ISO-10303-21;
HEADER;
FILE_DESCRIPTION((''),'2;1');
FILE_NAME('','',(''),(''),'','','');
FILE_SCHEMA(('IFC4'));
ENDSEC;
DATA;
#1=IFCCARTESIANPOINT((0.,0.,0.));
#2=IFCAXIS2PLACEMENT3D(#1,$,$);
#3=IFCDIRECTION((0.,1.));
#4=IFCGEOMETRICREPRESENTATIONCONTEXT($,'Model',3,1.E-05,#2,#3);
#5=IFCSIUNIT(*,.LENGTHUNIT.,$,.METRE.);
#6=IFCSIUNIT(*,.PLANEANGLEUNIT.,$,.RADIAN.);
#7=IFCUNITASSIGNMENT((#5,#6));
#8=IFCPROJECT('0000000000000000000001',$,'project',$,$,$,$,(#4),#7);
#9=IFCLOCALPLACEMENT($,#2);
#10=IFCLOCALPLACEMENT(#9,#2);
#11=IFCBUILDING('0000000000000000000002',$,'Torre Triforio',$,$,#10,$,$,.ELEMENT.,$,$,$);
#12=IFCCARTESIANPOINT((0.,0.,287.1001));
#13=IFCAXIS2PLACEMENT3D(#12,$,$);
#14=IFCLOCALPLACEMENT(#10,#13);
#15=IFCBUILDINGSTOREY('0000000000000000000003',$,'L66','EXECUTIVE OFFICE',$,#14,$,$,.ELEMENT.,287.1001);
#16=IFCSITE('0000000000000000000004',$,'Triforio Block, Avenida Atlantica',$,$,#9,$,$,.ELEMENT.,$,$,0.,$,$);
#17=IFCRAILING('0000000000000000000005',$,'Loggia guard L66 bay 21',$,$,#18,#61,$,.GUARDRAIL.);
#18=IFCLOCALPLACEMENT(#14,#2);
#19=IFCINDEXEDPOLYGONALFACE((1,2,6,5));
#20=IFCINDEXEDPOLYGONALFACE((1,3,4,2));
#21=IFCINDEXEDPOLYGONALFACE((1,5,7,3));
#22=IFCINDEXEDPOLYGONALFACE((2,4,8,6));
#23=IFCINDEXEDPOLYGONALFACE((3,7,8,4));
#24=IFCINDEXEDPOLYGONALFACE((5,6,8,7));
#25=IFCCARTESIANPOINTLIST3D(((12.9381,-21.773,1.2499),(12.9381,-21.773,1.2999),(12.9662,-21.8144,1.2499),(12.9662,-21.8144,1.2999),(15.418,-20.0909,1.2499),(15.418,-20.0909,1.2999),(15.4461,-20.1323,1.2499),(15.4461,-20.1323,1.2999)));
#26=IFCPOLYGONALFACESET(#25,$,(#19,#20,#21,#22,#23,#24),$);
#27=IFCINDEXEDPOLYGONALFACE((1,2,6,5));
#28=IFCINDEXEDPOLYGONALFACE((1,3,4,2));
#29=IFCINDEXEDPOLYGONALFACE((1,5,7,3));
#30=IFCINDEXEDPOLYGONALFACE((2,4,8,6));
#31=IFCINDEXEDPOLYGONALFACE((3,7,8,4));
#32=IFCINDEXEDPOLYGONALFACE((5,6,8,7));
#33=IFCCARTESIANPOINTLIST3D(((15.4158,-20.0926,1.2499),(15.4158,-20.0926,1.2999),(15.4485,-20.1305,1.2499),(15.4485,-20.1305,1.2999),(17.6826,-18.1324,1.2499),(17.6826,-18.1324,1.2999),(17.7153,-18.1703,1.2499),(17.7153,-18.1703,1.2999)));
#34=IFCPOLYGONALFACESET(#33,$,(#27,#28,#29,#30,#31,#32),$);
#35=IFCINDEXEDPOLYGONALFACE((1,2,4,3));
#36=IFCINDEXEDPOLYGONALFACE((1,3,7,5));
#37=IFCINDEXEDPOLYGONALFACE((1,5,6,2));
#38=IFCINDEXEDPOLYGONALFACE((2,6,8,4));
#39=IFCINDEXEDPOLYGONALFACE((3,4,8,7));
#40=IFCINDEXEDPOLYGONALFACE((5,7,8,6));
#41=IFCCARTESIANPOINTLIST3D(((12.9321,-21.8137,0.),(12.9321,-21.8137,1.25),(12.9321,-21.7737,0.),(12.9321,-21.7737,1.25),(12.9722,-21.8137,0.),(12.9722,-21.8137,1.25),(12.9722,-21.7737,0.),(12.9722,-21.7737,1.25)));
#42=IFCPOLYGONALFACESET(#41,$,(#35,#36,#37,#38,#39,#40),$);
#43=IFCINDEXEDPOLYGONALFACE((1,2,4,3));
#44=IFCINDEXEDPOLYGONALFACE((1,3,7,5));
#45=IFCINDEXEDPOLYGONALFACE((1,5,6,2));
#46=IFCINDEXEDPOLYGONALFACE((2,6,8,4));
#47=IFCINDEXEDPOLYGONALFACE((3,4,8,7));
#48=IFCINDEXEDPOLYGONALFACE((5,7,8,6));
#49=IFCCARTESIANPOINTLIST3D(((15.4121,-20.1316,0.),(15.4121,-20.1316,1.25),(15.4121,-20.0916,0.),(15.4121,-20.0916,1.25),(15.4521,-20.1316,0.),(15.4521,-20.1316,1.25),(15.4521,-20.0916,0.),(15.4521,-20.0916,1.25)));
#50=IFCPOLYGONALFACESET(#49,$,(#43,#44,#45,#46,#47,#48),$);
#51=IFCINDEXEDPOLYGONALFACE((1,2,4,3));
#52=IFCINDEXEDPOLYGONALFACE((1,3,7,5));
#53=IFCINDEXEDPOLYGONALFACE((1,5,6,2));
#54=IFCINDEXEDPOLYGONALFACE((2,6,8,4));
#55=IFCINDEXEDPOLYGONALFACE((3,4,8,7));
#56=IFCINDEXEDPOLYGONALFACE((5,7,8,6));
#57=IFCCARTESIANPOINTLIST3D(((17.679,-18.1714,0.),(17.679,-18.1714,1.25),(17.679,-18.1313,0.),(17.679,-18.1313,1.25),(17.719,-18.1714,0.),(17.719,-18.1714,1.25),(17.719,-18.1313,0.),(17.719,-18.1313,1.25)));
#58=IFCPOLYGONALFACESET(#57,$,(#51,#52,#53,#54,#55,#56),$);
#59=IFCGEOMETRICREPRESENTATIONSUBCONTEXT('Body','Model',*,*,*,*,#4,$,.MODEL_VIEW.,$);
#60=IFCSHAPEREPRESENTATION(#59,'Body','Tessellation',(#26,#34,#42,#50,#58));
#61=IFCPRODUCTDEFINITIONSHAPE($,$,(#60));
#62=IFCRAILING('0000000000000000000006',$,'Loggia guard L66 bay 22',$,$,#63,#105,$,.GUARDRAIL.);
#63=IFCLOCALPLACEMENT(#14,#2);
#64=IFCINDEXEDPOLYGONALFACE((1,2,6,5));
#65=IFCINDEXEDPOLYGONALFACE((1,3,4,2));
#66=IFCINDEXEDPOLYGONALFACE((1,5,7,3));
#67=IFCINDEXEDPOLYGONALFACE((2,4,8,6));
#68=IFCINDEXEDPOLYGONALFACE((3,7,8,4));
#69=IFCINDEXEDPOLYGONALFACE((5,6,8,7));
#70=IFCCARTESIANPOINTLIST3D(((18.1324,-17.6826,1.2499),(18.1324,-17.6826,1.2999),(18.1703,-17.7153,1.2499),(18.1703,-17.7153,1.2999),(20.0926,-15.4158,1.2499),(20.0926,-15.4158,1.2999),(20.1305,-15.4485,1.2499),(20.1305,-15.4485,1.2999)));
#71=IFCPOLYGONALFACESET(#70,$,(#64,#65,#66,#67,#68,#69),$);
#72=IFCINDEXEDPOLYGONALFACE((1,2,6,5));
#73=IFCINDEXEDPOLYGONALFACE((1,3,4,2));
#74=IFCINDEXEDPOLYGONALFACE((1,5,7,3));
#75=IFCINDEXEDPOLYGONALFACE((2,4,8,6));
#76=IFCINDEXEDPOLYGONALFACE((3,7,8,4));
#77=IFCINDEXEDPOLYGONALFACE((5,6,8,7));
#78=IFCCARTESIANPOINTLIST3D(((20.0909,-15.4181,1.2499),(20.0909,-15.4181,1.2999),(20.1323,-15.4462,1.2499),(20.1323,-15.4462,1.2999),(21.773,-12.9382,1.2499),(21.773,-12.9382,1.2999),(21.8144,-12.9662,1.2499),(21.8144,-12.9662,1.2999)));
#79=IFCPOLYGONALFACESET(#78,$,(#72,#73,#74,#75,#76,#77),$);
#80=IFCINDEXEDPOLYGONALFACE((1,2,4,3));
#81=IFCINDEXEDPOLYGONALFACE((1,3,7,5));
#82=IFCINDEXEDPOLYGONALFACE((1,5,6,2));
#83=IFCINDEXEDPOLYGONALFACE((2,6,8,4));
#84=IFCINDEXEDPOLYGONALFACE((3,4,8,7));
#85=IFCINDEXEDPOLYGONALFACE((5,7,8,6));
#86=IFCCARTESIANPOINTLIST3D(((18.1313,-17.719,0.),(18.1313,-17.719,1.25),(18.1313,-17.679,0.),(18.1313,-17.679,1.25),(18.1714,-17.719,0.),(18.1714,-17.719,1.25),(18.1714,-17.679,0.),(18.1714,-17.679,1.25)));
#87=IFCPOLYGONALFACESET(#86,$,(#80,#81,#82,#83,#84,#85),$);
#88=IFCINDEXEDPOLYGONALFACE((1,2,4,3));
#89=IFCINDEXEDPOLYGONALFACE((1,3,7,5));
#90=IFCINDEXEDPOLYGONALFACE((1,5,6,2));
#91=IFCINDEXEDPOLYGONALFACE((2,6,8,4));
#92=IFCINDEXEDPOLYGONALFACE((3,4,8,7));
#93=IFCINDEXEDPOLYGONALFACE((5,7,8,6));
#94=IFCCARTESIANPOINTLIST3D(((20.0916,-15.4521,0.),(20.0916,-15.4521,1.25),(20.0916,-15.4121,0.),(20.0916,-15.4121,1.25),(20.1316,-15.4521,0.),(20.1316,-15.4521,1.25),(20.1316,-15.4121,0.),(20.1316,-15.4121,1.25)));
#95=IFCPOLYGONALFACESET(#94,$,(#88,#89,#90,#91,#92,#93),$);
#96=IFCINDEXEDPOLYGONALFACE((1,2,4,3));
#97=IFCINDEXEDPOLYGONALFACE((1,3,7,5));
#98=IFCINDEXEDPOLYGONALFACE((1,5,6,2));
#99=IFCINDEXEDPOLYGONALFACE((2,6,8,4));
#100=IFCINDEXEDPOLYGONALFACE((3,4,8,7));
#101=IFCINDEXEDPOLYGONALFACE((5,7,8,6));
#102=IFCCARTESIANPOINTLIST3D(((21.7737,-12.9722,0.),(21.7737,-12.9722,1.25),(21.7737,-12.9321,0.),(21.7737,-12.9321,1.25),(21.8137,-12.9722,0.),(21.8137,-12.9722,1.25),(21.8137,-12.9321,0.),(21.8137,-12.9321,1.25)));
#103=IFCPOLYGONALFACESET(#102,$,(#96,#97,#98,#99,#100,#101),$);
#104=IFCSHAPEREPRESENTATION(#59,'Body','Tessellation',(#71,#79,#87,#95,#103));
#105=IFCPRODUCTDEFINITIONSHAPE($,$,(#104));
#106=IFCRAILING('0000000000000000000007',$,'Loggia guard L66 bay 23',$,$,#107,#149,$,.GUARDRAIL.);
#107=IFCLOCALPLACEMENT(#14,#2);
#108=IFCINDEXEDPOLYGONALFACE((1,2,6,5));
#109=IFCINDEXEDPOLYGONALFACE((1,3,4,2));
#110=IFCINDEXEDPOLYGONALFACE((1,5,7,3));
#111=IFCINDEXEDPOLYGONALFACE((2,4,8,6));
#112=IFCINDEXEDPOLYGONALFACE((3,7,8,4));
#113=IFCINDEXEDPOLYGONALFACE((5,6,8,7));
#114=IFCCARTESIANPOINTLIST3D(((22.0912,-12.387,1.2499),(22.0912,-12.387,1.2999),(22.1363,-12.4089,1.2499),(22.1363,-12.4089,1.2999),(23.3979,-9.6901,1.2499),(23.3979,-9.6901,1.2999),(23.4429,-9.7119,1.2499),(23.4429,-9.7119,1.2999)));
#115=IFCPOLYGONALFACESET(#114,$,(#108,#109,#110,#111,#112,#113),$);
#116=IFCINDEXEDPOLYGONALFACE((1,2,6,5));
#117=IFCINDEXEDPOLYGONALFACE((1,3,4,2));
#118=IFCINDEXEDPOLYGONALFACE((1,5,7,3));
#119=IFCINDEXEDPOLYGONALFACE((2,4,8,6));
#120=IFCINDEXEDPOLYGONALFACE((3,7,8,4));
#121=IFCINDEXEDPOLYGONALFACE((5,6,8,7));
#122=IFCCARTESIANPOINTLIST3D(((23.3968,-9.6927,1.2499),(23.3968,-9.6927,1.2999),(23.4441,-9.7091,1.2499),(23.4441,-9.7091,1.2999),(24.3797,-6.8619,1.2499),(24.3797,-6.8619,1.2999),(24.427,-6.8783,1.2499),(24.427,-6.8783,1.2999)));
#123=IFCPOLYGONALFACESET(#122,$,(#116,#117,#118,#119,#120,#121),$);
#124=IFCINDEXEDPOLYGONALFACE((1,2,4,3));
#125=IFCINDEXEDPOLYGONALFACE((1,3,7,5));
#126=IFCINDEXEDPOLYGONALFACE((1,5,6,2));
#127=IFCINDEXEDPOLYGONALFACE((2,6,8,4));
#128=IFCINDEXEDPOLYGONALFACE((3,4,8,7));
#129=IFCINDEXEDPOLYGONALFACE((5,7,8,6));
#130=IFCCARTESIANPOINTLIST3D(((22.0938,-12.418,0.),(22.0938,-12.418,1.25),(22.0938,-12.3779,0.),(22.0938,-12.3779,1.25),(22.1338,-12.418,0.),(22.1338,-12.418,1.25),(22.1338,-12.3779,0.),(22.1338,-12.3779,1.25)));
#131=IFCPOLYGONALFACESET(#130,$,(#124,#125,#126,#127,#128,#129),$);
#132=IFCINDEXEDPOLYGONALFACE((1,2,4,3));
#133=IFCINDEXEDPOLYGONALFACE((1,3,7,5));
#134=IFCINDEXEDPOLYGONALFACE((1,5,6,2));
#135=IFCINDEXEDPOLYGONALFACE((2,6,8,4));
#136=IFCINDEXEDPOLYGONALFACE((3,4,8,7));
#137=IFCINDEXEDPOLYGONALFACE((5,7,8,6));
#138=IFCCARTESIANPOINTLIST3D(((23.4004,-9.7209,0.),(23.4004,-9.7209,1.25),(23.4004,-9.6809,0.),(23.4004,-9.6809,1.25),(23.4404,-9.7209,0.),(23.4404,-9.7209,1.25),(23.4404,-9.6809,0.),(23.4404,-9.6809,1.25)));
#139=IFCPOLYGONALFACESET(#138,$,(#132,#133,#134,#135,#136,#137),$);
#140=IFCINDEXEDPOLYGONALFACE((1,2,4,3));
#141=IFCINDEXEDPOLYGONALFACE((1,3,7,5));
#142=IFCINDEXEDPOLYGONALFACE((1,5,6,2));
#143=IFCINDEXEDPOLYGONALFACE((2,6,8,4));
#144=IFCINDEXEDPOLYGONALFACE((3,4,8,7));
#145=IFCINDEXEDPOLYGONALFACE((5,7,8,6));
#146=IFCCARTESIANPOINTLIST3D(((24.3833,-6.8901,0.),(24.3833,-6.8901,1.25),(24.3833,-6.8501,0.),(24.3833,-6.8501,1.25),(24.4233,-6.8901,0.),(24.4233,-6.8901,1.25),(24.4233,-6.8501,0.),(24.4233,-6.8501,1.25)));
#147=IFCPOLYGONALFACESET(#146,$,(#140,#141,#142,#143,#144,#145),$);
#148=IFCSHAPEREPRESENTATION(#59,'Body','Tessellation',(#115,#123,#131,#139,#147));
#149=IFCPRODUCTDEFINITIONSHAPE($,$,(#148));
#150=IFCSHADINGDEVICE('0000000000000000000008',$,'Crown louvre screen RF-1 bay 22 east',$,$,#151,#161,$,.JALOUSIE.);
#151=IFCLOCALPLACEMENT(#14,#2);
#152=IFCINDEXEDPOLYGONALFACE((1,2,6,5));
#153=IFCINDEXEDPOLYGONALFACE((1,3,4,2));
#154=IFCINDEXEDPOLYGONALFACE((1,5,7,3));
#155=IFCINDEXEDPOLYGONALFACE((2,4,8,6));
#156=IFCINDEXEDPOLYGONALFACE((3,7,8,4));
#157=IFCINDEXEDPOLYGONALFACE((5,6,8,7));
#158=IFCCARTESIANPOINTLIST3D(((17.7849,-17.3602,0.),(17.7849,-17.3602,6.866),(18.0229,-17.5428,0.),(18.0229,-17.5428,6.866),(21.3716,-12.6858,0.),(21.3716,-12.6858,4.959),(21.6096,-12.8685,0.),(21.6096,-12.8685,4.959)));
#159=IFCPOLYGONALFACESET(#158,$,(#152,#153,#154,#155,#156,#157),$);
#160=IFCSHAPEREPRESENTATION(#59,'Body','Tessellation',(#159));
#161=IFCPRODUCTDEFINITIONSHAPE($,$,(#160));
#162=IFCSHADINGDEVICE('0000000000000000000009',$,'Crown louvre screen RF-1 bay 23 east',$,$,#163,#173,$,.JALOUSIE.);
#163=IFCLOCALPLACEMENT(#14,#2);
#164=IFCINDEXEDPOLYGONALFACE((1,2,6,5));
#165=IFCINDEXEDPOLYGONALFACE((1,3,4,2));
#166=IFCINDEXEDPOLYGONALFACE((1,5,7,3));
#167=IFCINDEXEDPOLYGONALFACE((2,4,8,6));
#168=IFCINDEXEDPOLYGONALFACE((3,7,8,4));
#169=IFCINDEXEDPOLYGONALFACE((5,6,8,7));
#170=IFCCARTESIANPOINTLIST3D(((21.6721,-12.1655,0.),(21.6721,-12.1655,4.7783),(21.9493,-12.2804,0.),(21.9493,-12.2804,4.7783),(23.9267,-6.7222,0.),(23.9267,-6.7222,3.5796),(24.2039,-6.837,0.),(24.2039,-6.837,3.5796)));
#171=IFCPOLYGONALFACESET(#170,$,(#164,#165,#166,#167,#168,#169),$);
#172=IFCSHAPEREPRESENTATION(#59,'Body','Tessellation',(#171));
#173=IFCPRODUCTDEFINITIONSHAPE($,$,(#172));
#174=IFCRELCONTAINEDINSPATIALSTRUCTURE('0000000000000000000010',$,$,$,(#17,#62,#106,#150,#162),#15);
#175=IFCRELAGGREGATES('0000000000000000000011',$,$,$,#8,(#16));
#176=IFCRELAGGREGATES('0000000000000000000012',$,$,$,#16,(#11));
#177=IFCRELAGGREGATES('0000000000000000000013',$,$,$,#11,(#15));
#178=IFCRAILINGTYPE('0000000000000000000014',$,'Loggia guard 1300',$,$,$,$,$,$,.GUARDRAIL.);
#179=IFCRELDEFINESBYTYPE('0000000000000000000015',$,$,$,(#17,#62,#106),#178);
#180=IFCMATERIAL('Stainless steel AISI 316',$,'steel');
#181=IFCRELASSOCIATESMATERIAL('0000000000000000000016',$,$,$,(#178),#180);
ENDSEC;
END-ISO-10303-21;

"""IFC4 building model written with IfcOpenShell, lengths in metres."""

from ifc_helpers import new_model, si_unit, direction, frame, origin, origin_2d, place, context, subcontext, project, spatial, polyline, rectangle, outline, extrude, material, type_object, element, save


model = new_model("IFC4")

# Units and contexts
model_context = context("Model", 3, precision=1e-05, world=origin(), true_north=direction((0.0, 1.0)))
body_context = subcontext(model_context, "Body", "Model", "MODEL_VIEW")
ifc_project = project(units=[si_unit("LENGTHUNIT", "METRE"), si_unit("PLANEANGLEUNIT", "RADIAN")], contexts=[model_context])

# Site, building, storey
site_placement = place(None, origin())
site = spatial("IfcSite", under=ifc_project, at=site_placement, Name="Triforio Block, Avenida Atlantica", CompositionType="ELEMENT", RefElevation=0.0)
building_placement = place(site_placement, origin())
building = spatial("IfcBuilding", under=site, at=building_placement, Name="Torre Triforio", CompositionType="ELEMENT")
storey_placement = place(building_placement, frame((0.0, 0.0, 287.1001)))
storey = spatial("IfcBuildingStorey", under=building, at=storey_placement, Name="L66", Description="EXECUTIVE OFFICE", CompositionType="ELEMENT", Elevation=287.1001)

# Railings
ifc_material_1 = material(Name="Stainless steel AISI 316", Category="steel")
railing_type = type_object("IfcRailingType", Name="Loggia guard 1300", PredefinedType="GUARDRAIL", material=ifc_material_1)
railing_1_placement = place(storey_placement, frame((12.9521, -21.7937, 0.0)))
element("IfcRailing", 1, at=railing_1_placement, inside=storey, type_object=railing_type, Name="Loggia guard L66 bay 21", PredefinedType="GUARDRAIL", context=body_context, shape_type="SweptSolid", body=[
    extrude(rectangle(XDim=0.05, YDim=0.05, at=origin_2d()), frame((0.0, 0.0, 1.2749), z_axis=(0.827587, 0.561338, 0.0), x_axis=(-0.561338, 0.827587, 0.0)), (0.0, 0.0, 1.0), 2.9966),
    extrude(rectangle(XDim=0.05, YDim=0.05, at=origin_2d()), frame((2.48, 1.6821, 1.2749), z_axis=(0.756414, 0.654093, 0.0), x_axis=(-0.654093, 0.756414, 0.0)), (0.0, 0.0, 1.0), 2.9968),
    extrude(rectangle(XDim=0.04, YDim=0.04, at=origin_2d()), origin(), (0.0, 0.0, 1.0), 1.25),
    extrude(rectangle(XDim=0.04, YDim=0.04, at=origin_2d()), frame((2.48, 1.6821, 0.0)), (0.0, 0.0, 1.0), 1.25),
    extrude(rectangle(XDim=0.04, YDim=0.04, at=origin_2d()), frame((4.7468, 3.6423, 0.0)), (0.0, 0.0, 1.0), 1.25),
])
railing_2_placement = place(storey_placement, frame((18.1514, -17.699, 0.0)))
element("IfcRailing", 2, at=railing_2_placement, inside=storey, type_object=railing_type, Name="Loggia guard L66 bay 22", PredefinedType="GUARDRAIL", context=body_context, shape_type="SweptSolid", body=[
    extrude(rectangle(XDim=0.05, YDim=0.05, at=origin_2d()), frame((0.0, 0.0, 1.2749), z_axis=(0.654093, 0.756414, 0.0), x_axis=(-0.756414, 0.654093, 0.0)), (0.0, 0.0, 1.0), 2.9968),
    extrude(rectangle(XDim=0.05, YDim=0.05, at=origin_2d()), frame((1.9602, 2.2668, 1.2749), z_axis=(0.561338, 0.827587, 0.0), x_axis=(-0.827587, 0.561338, 0.0)), (0.0, 0.0, 1.0), 2.9966),
    extrude(rectangle(XDim=0.04, YDim=0.04, at=origin_2d()), origin(), (0.0, 0.0, 1.0), 1.25),
    extrude(rectangle(XDim=0.04, YDim=0.04, at=origin_2d()), frame((1.9602, 2.2668, 0.0)), (0.0, 0.0, 1.0), 1.25),
    extrude(rectangle(XDim=0.04, YDim=0.04, at=origin_2d()), frame((3.6423, 4.7468, 0.0)), (0.0, 0.0, 1.0), 1.25),
])
railing_3_placement = place(storey_placement, frame((22.1138, -12.3979, 0.0)))
element("IfcRailing", 3, at=railing_3_placement, inside=storey, type_object=railing_type, Name="Loggia guard L66 bay 23", PredefinedType="GUARDRAIL", context=body_context, shape_type="SweptSolid", body=[
    extrude(rectangle(XDim=0.05, YDim=0.05, at=origin_2d()), frame((0.0, 0.0, 1.2749), z_axis=(0.436002, 0.899946, 0.0), x_axis=(-0.899946, 0.436002, 0.0)), (0.0, 0.0, 1.0), 2.9968),
    extrude(rectangle(XDim=0.05, YDim=0.05, at=origin_2d()), frame((1.3066, 2.697, 1.2749), z_axis=(0.328009, 0.944675, 0.0), x_axis=(-0.944675, 0.328009, 0.0)), (0.0, 0.0, 1.0), 2.9966),
    extrude(rectangle(XDim=0.04, YDim=0.04, at=origin_2d()), origin(), (0.0, 0.0, 1.0), 1.25),
    extrude(rectangle(XDim=0.04, YDim=0.04, at=origin_2d()), frame((1.3066, 2.697, 0.0)), (0.0, 0.0, 1.0), 1.25),
    extrude(rectangle(XDim=0.04, YDim=0.04, at=origin_2d()), frame((2.2896, 5.5278, 0.0)), (0.0, 0.0, 1.0), 1.25),
])

# Shading devices
shading_device_1_placement = place(storey_placement, frame((17.9038, -17.4514, 0.0), z_axis=(0.0, 0.0, 1.0), x_axis=(0.608755, 0.793358, 0.0)))
element("IfcShadingDevice", 4, at=shading_device_1_placement, inside=storey, Name="Crown louvre screen RF-1 bay 22 east", PredefinedType="JALOUSIE", context=body_context, shape_type="SweptSolid", body=[
    extrude(outline(polyline([(0.0, 0.0), (5.8918, 0.0), (5.8918, 4.959), (0.0, 6.866), (0.0, 0.0)])), frame((0.0, 0.1499, 0.0), z_axis=(0.0, -1.0, 0.0), x_axis=(1.0, 0.0, 0.0)), (0.0, 0.0, 1.0), 0.3),
])
shading_device_2_placement = place(storey_placement, frame((21.8105, -12.2229, 0.0), z_axis=(0.0, 0.0, 1.0), x_axis=(0.382673, 0.923884, 0.0)))
element("IfcShadingDevice", 5, at=shading_device_2_placement, inside=storey, Name="Crown louvre screen RF-1 bay 23 east", PredefinedType="JALOUSIE", context=body_context, shape_type="SweptSolid", body=[
    extrude(outline(polyline([(0.0, 0.0), (5.8918, 0.0), (5.8918, 3.5796), (0.0, 4.7783), (0.0, 0.0)])), frame((0.0, 0.1499, 0.0), z_axis=(0.0, -1.0, 0.0), x_axis=(1.0, 0.0, 0.0)), (0.0, 0.0, 1.0), 0.3),
])

save(model, "model.ifc")
